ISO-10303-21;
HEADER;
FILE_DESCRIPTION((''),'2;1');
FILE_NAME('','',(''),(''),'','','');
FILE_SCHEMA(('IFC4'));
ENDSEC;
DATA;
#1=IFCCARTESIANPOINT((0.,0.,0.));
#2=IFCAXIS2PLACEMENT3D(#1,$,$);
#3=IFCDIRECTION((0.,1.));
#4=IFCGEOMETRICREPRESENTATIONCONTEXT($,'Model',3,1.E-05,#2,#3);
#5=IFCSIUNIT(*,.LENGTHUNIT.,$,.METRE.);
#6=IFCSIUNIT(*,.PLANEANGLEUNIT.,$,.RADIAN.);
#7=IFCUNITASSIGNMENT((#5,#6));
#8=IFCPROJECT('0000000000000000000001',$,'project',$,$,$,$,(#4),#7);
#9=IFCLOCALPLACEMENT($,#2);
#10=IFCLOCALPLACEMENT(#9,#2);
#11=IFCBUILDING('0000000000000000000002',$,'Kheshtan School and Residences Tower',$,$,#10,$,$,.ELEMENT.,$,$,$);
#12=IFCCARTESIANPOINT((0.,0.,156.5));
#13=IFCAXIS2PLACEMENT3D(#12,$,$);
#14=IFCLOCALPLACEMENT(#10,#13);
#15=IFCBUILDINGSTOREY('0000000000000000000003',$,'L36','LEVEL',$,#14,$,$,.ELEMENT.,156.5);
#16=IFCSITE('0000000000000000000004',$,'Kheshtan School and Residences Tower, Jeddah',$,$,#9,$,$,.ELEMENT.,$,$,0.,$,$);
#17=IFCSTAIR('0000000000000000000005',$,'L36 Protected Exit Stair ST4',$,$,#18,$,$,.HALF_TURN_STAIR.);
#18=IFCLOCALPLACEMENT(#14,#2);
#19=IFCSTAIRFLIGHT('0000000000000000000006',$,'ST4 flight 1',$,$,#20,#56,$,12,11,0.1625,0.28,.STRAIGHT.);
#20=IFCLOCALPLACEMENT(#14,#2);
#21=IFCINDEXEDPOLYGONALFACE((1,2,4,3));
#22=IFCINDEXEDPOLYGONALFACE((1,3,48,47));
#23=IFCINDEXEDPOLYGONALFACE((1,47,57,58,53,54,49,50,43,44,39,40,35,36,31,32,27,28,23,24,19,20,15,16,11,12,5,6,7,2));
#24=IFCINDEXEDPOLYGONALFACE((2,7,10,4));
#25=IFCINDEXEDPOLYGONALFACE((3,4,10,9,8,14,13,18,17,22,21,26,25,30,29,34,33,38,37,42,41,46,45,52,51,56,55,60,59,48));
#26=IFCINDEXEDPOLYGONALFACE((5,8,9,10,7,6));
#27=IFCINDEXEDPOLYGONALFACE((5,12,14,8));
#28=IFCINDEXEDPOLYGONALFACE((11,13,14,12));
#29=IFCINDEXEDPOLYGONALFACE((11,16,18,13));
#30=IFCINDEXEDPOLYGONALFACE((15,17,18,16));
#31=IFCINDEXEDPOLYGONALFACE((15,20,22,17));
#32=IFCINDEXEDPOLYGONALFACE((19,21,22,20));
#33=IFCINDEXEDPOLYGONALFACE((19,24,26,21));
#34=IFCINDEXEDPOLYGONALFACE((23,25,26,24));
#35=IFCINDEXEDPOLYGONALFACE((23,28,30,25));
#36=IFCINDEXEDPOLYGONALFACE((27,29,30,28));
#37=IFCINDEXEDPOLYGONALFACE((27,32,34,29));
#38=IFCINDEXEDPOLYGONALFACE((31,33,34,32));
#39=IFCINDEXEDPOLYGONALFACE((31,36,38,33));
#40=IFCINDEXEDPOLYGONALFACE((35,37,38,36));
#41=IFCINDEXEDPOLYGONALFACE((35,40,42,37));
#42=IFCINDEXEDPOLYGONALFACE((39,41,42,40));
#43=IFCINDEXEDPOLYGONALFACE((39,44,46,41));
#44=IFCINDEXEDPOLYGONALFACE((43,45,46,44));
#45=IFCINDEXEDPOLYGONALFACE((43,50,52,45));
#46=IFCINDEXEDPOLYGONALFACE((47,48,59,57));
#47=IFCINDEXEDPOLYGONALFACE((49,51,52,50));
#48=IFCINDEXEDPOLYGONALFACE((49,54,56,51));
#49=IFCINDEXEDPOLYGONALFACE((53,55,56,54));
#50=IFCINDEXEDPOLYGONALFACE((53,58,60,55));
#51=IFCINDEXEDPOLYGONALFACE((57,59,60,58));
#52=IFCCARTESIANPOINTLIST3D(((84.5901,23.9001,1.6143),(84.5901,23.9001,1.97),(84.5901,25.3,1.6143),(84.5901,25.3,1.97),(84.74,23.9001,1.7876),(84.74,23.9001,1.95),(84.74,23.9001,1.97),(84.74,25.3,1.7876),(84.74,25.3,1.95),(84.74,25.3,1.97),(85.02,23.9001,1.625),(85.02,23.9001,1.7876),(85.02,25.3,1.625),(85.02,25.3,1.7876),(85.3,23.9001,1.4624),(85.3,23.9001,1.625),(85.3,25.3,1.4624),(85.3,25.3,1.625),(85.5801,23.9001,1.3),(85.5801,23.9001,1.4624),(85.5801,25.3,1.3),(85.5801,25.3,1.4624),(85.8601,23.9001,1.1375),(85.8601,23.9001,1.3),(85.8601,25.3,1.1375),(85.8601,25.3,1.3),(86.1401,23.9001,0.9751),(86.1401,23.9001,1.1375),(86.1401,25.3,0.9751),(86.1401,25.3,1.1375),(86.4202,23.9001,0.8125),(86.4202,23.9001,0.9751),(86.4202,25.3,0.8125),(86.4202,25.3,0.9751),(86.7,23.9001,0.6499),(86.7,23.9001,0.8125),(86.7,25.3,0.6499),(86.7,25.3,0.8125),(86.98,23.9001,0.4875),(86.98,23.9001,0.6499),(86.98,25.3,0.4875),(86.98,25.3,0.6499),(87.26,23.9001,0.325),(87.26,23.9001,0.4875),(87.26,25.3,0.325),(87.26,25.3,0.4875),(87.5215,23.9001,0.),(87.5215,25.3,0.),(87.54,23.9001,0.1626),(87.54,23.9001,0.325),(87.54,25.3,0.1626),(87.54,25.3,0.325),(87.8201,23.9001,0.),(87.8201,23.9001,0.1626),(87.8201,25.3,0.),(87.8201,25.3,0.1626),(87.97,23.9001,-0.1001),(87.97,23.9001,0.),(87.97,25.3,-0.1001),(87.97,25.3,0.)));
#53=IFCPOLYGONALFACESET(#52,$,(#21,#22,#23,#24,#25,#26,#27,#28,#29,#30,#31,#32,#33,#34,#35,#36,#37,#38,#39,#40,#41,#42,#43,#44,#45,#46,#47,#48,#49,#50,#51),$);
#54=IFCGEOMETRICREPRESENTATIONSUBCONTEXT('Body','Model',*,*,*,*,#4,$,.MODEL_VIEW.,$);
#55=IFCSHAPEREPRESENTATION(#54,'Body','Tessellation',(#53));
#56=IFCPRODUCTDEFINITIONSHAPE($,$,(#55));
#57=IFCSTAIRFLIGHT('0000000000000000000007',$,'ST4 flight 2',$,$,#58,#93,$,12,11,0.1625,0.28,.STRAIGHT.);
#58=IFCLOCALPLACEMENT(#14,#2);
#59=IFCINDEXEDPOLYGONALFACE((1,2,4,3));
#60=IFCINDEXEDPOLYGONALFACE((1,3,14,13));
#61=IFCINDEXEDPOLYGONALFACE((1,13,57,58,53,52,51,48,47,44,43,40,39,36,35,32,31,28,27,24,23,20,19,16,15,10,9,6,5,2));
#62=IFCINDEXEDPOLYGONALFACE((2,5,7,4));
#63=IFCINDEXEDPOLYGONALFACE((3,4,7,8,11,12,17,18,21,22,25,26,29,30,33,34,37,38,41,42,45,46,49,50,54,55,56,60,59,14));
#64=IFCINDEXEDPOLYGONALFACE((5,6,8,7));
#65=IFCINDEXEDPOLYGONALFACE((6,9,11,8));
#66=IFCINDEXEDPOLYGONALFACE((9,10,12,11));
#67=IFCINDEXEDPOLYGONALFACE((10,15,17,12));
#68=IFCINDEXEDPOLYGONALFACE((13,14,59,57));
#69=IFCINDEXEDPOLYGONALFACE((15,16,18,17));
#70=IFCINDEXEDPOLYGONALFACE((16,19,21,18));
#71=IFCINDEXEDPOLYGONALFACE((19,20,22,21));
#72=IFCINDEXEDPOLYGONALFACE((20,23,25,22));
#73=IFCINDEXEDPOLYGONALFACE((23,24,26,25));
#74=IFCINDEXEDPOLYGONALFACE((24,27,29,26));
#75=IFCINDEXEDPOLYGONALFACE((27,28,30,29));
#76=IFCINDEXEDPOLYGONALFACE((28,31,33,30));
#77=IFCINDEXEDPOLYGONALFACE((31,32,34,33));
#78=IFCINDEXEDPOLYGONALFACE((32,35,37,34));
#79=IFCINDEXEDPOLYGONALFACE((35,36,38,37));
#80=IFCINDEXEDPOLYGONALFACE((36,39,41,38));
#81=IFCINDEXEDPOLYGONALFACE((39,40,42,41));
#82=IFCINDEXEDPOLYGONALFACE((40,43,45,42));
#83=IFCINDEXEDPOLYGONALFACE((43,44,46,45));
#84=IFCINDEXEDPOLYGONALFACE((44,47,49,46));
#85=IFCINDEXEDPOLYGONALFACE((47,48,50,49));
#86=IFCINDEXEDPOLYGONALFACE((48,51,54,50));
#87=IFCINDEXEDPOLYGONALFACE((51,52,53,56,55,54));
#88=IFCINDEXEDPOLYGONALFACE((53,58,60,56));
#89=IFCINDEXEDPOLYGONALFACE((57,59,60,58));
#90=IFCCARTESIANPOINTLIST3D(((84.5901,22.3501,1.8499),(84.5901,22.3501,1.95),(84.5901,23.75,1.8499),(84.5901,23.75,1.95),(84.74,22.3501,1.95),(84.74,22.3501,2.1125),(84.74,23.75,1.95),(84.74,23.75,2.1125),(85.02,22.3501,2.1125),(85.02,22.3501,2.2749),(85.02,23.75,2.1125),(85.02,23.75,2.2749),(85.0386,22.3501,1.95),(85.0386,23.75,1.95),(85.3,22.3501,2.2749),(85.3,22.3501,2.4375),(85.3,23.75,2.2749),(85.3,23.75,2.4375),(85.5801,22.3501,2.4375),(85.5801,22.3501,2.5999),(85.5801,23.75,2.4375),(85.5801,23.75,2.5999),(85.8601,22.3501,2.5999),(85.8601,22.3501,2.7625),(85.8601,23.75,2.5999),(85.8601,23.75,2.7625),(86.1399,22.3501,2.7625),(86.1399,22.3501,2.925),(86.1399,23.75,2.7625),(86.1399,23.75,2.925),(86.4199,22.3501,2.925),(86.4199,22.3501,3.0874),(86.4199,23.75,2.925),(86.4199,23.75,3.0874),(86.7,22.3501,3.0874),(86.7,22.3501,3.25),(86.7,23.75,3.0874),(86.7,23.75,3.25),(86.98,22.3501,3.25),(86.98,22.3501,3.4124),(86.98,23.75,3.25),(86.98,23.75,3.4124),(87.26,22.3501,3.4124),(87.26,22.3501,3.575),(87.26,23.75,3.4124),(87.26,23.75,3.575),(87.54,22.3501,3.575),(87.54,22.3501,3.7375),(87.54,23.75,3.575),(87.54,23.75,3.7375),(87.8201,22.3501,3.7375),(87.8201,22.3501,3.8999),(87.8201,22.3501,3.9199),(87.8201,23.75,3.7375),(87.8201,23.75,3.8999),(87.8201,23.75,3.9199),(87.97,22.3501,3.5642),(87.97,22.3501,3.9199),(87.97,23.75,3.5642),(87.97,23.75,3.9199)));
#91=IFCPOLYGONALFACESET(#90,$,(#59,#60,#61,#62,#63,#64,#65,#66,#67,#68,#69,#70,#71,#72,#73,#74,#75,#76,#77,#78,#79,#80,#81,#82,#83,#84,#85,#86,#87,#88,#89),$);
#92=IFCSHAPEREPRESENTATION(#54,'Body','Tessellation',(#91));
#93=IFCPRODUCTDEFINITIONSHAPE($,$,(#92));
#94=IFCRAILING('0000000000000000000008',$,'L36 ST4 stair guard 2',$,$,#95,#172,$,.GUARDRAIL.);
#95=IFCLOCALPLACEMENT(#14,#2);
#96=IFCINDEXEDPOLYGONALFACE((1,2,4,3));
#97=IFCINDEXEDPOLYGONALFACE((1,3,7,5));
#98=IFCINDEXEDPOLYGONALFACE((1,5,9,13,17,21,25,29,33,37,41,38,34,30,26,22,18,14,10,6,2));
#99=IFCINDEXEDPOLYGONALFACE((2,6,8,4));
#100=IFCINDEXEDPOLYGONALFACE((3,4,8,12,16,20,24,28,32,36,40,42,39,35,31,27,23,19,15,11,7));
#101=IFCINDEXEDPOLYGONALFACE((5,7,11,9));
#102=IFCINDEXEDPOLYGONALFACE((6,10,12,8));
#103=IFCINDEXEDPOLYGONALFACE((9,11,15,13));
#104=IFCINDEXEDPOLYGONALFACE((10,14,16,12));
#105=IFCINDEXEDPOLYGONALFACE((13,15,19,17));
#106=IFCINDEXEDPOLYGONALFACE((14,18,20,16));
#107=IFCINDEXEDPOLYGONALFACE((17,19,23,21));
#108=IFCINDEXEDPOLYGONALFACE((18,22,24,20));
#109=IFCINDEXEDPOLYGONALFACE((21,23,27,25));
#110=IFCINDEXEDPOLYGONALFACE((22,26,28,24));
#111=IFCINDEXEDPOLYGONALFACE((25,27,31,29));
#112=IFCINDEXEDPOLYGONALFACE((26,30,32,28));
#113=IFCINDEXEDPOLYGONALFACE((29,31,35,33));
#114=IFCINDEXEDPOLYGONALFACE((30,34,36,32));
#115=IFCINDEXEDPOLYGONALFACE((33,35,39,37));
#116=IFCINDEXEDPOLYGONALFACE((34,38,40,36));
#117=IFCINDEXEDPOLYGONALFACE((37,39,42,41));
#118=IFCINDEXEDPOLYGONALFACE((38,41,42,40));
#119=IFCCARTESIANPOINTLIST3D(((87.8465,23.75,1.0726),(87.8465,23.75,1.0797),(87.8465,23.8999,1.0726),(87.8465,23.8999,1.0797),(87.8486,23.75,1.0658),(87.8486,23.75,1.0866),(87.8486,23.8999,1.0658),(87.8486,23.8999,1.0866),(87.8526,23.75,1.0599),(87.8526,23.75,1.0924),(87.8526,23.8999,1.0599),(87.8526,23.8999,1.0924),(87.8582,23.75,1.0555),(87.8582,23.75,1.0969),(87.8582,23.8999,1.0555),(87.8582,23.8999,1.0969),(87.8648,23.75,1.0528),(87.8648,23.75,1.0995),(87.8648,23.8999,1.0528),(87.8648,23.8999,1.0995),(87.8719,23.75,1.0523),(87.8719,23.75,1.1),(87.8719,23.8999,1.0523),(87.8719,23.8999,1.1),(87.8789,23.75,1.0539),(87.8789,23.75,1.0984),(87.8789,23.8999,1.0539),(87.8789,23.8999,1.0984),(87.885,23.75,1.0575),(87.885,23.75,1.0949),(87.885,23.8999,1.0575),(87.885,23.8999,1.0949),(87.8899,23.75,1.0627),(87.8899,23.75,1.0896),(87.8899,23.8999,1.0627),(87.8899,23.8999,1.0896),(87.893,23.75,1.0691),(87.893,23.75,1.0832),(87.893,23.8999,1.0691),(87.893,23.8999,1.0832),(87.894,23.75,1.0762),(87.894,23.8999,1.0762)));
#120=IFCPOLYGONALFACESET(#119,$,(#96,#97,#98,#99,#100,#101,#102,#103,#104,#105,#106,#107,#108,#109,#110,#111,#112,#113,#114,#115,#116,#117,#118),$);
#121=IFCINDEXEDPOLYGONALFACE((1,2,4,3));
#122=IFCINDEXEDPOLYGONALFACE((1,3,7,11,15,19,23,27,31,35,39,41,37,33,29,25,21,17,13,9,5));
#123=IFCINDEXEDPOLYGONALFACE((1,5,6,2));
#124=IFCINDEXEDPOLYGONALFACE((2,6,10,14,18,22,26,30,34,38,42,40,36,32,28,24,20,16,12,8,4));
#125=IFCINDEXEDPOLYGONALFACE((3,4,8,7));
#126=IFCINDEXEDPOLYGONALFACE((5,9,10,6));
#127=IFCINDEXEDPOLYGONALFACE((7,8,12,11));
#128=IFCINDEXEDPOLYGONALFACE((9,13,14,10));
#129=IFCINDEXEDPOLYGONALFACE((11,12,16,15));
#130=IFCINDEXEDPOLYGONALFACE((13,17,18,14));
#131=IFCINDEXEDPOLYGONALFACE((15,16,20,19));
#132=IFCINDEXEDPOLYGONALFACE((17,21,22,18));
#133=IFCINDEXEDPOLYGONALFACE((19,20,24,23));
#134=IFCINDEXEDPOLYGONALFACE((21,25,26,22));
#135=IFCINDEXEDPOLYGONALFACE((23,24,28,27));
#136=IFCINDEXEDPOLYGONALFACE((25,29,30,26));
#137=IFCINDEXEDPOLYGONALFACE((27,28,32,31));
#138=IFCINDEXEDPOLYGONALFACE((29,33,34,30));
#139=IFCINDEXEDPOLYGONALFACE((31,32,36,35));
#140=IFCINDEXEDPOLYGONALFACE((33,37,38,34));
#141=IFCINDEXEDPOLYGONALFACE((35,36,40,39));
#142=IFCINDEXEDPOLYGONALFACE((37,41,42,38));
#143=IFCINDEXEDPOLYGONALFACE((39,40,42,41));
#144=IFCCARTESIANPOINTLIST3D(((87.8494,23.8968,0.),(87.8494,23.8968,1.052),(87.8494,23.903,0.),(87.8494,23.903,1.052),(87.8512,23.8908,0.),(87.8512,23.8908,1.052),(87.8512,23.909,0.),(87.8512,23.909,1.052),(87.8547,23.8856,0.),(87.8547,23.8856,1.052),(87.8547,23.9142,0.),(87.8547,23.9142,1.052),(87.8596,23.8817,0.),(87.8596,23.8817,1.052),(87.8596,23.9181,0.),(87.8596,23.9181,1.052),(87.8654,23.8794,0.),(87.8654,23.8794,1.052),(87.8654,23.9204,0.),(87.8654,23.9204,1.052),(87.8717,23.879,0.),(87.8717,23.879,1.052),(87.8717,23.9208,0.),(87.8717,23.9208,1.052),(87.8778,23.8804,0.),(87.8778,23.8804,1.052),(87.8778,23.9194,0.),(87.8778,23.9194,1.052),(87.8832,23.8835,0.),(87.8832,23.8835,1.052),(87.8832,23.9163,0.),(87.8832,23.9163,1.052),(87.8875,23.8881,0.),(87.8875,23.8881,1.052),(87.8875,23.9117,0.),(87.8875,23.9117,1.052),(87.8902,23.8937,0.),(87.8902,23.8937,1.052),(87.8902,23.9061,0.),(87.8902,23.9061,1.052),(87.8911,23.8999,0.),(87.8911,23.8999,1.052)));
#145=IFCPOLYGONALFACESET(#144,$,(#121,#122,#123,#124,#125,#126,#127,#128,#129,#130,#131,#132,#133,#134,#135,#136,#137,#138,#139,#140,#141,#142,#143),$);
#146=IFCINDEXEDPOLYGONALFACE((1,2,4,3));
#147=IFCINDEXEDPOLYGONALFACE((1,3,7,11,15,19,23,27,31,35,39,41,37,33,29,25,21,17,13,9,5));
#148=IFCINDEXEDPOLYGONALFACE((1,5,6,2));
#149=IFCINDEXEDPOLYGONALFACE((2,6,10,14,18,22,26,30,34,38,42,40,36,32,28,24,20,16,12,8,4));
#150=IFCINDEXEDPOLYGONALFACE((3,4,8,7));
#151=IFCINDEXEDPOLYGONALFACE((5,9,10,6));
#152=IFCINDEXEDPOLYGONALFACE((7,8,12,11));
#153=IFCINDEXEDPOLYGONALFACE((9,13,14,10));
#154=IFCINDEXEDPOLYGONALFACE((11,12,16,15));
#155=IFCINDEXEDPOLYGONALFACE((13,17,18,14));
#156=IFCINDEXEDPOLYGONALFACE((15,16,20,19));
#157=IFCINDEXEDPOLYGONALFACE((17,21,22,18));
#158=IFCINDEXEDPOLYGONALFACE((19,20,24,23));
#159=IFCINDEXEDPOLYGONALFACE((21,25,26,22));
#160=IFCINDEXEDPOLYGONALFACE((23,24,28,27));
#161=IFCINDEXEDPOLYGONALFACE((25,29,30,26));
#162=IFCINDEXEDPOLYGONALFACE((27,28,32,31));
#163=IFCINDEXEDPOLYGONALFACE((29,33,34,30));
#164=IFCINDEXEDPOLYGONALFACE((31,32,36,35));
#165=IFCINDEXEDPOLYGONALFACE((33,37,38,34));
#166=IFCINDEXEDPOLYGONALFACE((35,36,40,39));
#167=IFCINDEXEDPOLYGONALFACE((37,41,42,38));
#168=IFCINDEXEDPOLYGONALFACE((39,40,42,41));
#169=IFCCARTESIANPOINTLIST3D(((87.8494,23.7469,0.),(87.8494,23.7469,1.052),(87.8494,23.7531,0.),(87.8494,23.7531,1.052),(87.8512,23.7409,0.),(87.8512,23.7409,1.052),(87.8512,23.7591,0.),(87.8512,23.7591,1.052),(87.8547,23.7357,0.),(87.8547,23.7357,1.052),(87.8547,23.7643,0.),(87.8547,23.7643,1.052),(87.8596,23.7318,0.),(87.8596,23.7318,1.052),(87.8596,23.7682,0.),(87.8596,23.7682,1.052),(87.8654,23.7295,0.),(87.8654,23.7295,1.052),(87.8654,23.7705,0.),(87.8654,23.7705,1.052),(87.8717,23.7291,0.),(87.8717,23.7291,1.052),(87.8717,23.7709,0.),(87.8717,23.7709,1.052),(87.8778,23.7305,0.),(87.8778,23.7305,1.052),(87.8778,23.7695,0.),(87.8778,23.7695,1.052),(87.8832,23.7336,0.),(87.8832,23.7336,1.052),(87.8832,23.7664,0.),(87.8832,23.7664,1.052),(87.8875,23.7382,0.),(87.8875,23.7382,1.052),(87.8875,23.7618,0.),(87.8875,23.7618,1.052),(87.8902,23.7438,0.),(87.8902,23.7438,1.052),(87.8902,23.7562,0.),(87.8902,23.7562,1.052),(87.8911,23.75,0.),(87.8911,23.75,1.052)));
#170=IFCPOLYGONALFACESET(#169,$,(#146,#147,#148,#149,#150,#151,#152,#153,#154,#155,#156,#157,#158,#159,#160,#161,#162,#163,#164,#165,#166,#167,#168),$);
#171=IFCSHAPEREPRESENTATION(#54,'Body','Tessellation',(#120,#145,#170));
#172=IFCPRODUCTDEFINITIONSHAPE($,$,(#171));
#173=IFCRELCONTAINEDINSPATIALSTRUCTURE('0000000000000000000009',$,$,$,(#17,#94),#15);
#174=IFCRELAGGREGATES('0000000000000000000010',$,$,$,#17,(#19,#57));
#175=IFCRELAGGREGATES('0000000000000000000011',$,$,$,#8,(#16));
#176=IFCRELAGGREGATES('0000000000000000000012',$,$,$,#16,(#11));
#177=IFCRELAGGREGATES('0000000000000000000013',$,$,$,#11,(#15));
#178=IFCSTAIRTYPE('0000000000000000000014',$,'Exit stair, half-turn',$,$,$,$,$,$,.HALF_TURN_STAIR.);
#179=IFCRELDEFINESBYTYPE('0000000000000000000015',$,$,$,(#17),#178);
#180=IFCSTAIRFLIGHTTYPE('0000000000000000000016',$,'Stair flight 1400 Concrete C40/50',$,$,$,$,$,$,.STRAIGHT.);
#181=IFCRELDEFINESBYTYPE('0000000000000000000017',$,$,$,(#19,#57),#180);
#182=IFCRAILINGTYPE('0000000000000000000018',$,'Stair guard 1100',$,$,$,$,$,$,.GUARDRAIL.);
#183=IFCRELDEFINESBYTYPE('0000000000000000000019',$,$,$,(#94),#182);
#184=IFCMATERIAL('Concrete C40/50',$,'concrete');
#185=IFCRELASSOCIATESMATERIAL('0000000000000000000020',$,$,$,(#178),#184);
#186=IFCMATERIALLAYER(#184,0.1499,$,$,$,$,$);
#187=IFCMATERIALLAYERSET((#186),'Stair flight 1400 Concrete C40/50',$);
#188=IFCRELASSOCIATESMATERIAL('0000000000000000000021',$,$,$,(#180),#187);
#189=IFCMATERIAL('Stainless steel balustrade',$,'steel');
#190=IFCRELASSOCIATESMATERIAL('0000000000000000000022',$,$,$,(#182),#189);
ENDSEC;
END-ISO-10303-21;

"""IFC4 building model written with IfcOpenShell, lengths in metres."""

from ifc_helpers import new_model, si_unit, direction, frame, origin, origin_2d, place, context, subcontext, project, spatial, polyline, circle, outline, extrude, material, layer, layer_set, type_object, element, aggregate, save


model = new_model("IFC4")

# Units and contexts
model_context = context("Model", 3, precision=1e-05, world=origin(), true_north=direction((0.0, 1.0)))
body_context = subcontext(model_context, "Body", "Model", "MODEL_VIEW")
ifc_project = project(units=[si_unit("LENGTHUNIT", "METRE"), si_unit("PLANEANGLEUNIT", "RADIAN")], contexts=[model_context])

# Site, building, storey
site_placement = place(None, origin())
site = spatial("IfcSite", under=ifc_project, at=site_placement, Name="Kheshtan School and Residences Tower, Jeddah", CompositionType="ELEMENT", RefElevation=0.0)
building_placement = place(site_placement, origin())
building = spatial("IfcBuilding", under=site, at=building_placement, Name="Kheshtan School and Residences Tower", CompositionType="ELEMENT")
storey_placement = place(building_placement, frame((0.0, 0.0, 156.5)))
storey = spatial("IfcBuildingStorey", under=building, at=storey_placement, Name="L36", Description="LEVEL", CompositionType="ELEMENT", Elevation=156.5)

# Shared definitions
ifc_material_1 = material(Name="Concrete C40/50", Category="concrete")

# Stair, stair flights
stair_type = type_object("IfcStairType", Name="Exit stair, half-turn", PredefinedType="HALF_TURN_STAIR", material=ifc_material_1)
stair_placement = place(storey_placement, origin())
stair = element("IfcStair", 1, at=stair_placement, inside=storey, type_object=stair_type, Name="L36 Protected Exit Stair ST4", PredefinedType="HALF_TURN_STAIR")
ifc_layer_1 = layer(ifc_material_1, 0.1499)
ifc_layer_set_1 = layer_set([ifc_layer_1], Name="Stair flight 1400 Concrete C40/50")
stair_flight_type = type_object("IfcStairFlightType", Name="Stair flight 1400 Concrete C40/50", PredefinedType="STRAIGHT", material=ifc_layer_set_1)
stair_flight_1_placement = place(storey_placement, frame((87.8201, 24.6001, 0.0), z_axis=(0.0, 0.0, 1.0), x_axis=(-1.0, 0.0, 0.0)))
stair_flight_1 = element("IfcStairFlight", 2, at=stair_flight_1_placement, type_object=stair_flight_type, Name="ST4 flight 1", NumberOfRisers=12, NumberOfTreads=11, PredefinedType="STRAIGHT", RiserHeight=0.1625, TreadLength=0.28, context=body_context, shape_type="SweptSolid", body=[
    extrude(outline(polyline([(-0.1499, -0.1001), (-0.1499, 0.0), (0.0, 0.0), (0.0, 0.1626), (0.28, 0.1626), (0.28, 0.325), (0.5601, 0.325), (0.5601, 0.4875), (0.8401, 0.4875), (0.8401, 0.6499), (1.1201, 0.6499), (1.1201, 0.8125), (1.3999, 0.8125), (1.3999, 0.9751), (1.6799, 0.9751), (1.6799, 1.1375), (1.96, 1.1375), (1.96, 1.3), (2.24, 1.3), (2.24, 1.4624), (2.52, 1.4624), (2.52, 1.625), (2.8, 1.625), (2.8, 1.7876), (3.0801, 1.7876), (3.0801, 1.95), (3.0801, 1.97), (3.23, 1.97), (3.23, 1.6143), (0.2986, 0.0), (-0.1499, -0.1001)])), frame((0.0, 0.7, 0.0), z_axis=(0.0, -1.0, 0.0), x_axis=(1.0, 0.0, 0.0)), (0.0, 0.0, 1.0), 1.3999),
])
stair_flight_2_placement = place(storey_placement, frame((84.74, 23.05, 1.95), z_axis=(0.0, 0.0, 1.0), x_axis=(1.0, 0.0, 0.0)))
stair_flight_2 = element("IfcStairFlight", 3, at=stair_flight_2_placement, type_object=stair_flight_type, Name="ST4 flight 2", NumberOfRisers=12, NumberOfTreads=11, PredefinedType="STRAIGHT", RiserHeight=0.1625, TreadLength=0.28, context=body_context, shape_type="SweptSolid", body=[
    extrude(outline(polyline([(-0.1499, -0.1001), (-0.1499, 0.0), (0.0, 0.0), (0.0, 0.1626), (0.28, 0.1626), (0.28, 0.325), (0.5601, 0.325), (0.5601, 0.4875), (0.8401, 0.4875), (0.8401, 0.6499), (1.1201, 0.6499), (1.1201, 0.8125), (1.3999, 0.8125), (1.3999, 0.9751), (1.6799, 0.9751), (1.6799, 1.1375), (1.96, 1.1375), (1.96, 1.3), (2.24, 1.3), (2.24, 1.4624), (2.52, 1.4624), (2.52, 1.625), (2.8, 1.625), (2.8, 1.7876), (3.0801, 1.7876), (3.0801, 1.95), (3.0801, 1.97), (3.23, 1.97), (3.23, 1.6143), (0.2986, 0.0), (-0.1499, -0.1001)])), frame((0.0, 0.7, 0.0), z_axis=(0.0, -1.0, 0.0), x_axis=(1.0, 0.0, 0.0)), (0.0, 0.0, 1.0), 1.3999),
])
aggregate(stair, [stair_flight_1, stair_flight_2])

# Railing
ifc_material_2 = material(Name="Stainless steel balustrade", Category="steel")
railing_type_1 = type_object("IfcRailingType", Name="Stair guard 1100", PredefinedType="GUARDRAIL", material=ifc_material_2)
railing_1_placement = place(storey_placement, frame((87.8701, 23.8999, 0.0)))
element("IfcRailing", 4, at=railing_1_placement, inside=storey, type_object=railing_type_1, Name="L36 ST4 stair guard 2", PredefinedType="GUARDRAIL", context=body_context, shape_type="SweptSolid", body=[
    extrude(circle(Radius=0.0239, at=origin_2d()), frame((0.0, 0.0, 1.0762), z_axis=(0.0, -1.0, 0.0), x_axis=(1.0, 0.0, 0.0)), (0.0, 0.0, 1.0), 0.1499),
    extrude(circle(Radius=0.021, at=origin_2d()), origin(), (0.0, 0.0, 1.0), 1.052),
    extrude(circle(Radius=0.021, at=origin_2d()), frame((0.0, -0.1499, 0.0)), (0.0, 0.0, 1.0), 1.052),
])

save(model, "model.ifc")
